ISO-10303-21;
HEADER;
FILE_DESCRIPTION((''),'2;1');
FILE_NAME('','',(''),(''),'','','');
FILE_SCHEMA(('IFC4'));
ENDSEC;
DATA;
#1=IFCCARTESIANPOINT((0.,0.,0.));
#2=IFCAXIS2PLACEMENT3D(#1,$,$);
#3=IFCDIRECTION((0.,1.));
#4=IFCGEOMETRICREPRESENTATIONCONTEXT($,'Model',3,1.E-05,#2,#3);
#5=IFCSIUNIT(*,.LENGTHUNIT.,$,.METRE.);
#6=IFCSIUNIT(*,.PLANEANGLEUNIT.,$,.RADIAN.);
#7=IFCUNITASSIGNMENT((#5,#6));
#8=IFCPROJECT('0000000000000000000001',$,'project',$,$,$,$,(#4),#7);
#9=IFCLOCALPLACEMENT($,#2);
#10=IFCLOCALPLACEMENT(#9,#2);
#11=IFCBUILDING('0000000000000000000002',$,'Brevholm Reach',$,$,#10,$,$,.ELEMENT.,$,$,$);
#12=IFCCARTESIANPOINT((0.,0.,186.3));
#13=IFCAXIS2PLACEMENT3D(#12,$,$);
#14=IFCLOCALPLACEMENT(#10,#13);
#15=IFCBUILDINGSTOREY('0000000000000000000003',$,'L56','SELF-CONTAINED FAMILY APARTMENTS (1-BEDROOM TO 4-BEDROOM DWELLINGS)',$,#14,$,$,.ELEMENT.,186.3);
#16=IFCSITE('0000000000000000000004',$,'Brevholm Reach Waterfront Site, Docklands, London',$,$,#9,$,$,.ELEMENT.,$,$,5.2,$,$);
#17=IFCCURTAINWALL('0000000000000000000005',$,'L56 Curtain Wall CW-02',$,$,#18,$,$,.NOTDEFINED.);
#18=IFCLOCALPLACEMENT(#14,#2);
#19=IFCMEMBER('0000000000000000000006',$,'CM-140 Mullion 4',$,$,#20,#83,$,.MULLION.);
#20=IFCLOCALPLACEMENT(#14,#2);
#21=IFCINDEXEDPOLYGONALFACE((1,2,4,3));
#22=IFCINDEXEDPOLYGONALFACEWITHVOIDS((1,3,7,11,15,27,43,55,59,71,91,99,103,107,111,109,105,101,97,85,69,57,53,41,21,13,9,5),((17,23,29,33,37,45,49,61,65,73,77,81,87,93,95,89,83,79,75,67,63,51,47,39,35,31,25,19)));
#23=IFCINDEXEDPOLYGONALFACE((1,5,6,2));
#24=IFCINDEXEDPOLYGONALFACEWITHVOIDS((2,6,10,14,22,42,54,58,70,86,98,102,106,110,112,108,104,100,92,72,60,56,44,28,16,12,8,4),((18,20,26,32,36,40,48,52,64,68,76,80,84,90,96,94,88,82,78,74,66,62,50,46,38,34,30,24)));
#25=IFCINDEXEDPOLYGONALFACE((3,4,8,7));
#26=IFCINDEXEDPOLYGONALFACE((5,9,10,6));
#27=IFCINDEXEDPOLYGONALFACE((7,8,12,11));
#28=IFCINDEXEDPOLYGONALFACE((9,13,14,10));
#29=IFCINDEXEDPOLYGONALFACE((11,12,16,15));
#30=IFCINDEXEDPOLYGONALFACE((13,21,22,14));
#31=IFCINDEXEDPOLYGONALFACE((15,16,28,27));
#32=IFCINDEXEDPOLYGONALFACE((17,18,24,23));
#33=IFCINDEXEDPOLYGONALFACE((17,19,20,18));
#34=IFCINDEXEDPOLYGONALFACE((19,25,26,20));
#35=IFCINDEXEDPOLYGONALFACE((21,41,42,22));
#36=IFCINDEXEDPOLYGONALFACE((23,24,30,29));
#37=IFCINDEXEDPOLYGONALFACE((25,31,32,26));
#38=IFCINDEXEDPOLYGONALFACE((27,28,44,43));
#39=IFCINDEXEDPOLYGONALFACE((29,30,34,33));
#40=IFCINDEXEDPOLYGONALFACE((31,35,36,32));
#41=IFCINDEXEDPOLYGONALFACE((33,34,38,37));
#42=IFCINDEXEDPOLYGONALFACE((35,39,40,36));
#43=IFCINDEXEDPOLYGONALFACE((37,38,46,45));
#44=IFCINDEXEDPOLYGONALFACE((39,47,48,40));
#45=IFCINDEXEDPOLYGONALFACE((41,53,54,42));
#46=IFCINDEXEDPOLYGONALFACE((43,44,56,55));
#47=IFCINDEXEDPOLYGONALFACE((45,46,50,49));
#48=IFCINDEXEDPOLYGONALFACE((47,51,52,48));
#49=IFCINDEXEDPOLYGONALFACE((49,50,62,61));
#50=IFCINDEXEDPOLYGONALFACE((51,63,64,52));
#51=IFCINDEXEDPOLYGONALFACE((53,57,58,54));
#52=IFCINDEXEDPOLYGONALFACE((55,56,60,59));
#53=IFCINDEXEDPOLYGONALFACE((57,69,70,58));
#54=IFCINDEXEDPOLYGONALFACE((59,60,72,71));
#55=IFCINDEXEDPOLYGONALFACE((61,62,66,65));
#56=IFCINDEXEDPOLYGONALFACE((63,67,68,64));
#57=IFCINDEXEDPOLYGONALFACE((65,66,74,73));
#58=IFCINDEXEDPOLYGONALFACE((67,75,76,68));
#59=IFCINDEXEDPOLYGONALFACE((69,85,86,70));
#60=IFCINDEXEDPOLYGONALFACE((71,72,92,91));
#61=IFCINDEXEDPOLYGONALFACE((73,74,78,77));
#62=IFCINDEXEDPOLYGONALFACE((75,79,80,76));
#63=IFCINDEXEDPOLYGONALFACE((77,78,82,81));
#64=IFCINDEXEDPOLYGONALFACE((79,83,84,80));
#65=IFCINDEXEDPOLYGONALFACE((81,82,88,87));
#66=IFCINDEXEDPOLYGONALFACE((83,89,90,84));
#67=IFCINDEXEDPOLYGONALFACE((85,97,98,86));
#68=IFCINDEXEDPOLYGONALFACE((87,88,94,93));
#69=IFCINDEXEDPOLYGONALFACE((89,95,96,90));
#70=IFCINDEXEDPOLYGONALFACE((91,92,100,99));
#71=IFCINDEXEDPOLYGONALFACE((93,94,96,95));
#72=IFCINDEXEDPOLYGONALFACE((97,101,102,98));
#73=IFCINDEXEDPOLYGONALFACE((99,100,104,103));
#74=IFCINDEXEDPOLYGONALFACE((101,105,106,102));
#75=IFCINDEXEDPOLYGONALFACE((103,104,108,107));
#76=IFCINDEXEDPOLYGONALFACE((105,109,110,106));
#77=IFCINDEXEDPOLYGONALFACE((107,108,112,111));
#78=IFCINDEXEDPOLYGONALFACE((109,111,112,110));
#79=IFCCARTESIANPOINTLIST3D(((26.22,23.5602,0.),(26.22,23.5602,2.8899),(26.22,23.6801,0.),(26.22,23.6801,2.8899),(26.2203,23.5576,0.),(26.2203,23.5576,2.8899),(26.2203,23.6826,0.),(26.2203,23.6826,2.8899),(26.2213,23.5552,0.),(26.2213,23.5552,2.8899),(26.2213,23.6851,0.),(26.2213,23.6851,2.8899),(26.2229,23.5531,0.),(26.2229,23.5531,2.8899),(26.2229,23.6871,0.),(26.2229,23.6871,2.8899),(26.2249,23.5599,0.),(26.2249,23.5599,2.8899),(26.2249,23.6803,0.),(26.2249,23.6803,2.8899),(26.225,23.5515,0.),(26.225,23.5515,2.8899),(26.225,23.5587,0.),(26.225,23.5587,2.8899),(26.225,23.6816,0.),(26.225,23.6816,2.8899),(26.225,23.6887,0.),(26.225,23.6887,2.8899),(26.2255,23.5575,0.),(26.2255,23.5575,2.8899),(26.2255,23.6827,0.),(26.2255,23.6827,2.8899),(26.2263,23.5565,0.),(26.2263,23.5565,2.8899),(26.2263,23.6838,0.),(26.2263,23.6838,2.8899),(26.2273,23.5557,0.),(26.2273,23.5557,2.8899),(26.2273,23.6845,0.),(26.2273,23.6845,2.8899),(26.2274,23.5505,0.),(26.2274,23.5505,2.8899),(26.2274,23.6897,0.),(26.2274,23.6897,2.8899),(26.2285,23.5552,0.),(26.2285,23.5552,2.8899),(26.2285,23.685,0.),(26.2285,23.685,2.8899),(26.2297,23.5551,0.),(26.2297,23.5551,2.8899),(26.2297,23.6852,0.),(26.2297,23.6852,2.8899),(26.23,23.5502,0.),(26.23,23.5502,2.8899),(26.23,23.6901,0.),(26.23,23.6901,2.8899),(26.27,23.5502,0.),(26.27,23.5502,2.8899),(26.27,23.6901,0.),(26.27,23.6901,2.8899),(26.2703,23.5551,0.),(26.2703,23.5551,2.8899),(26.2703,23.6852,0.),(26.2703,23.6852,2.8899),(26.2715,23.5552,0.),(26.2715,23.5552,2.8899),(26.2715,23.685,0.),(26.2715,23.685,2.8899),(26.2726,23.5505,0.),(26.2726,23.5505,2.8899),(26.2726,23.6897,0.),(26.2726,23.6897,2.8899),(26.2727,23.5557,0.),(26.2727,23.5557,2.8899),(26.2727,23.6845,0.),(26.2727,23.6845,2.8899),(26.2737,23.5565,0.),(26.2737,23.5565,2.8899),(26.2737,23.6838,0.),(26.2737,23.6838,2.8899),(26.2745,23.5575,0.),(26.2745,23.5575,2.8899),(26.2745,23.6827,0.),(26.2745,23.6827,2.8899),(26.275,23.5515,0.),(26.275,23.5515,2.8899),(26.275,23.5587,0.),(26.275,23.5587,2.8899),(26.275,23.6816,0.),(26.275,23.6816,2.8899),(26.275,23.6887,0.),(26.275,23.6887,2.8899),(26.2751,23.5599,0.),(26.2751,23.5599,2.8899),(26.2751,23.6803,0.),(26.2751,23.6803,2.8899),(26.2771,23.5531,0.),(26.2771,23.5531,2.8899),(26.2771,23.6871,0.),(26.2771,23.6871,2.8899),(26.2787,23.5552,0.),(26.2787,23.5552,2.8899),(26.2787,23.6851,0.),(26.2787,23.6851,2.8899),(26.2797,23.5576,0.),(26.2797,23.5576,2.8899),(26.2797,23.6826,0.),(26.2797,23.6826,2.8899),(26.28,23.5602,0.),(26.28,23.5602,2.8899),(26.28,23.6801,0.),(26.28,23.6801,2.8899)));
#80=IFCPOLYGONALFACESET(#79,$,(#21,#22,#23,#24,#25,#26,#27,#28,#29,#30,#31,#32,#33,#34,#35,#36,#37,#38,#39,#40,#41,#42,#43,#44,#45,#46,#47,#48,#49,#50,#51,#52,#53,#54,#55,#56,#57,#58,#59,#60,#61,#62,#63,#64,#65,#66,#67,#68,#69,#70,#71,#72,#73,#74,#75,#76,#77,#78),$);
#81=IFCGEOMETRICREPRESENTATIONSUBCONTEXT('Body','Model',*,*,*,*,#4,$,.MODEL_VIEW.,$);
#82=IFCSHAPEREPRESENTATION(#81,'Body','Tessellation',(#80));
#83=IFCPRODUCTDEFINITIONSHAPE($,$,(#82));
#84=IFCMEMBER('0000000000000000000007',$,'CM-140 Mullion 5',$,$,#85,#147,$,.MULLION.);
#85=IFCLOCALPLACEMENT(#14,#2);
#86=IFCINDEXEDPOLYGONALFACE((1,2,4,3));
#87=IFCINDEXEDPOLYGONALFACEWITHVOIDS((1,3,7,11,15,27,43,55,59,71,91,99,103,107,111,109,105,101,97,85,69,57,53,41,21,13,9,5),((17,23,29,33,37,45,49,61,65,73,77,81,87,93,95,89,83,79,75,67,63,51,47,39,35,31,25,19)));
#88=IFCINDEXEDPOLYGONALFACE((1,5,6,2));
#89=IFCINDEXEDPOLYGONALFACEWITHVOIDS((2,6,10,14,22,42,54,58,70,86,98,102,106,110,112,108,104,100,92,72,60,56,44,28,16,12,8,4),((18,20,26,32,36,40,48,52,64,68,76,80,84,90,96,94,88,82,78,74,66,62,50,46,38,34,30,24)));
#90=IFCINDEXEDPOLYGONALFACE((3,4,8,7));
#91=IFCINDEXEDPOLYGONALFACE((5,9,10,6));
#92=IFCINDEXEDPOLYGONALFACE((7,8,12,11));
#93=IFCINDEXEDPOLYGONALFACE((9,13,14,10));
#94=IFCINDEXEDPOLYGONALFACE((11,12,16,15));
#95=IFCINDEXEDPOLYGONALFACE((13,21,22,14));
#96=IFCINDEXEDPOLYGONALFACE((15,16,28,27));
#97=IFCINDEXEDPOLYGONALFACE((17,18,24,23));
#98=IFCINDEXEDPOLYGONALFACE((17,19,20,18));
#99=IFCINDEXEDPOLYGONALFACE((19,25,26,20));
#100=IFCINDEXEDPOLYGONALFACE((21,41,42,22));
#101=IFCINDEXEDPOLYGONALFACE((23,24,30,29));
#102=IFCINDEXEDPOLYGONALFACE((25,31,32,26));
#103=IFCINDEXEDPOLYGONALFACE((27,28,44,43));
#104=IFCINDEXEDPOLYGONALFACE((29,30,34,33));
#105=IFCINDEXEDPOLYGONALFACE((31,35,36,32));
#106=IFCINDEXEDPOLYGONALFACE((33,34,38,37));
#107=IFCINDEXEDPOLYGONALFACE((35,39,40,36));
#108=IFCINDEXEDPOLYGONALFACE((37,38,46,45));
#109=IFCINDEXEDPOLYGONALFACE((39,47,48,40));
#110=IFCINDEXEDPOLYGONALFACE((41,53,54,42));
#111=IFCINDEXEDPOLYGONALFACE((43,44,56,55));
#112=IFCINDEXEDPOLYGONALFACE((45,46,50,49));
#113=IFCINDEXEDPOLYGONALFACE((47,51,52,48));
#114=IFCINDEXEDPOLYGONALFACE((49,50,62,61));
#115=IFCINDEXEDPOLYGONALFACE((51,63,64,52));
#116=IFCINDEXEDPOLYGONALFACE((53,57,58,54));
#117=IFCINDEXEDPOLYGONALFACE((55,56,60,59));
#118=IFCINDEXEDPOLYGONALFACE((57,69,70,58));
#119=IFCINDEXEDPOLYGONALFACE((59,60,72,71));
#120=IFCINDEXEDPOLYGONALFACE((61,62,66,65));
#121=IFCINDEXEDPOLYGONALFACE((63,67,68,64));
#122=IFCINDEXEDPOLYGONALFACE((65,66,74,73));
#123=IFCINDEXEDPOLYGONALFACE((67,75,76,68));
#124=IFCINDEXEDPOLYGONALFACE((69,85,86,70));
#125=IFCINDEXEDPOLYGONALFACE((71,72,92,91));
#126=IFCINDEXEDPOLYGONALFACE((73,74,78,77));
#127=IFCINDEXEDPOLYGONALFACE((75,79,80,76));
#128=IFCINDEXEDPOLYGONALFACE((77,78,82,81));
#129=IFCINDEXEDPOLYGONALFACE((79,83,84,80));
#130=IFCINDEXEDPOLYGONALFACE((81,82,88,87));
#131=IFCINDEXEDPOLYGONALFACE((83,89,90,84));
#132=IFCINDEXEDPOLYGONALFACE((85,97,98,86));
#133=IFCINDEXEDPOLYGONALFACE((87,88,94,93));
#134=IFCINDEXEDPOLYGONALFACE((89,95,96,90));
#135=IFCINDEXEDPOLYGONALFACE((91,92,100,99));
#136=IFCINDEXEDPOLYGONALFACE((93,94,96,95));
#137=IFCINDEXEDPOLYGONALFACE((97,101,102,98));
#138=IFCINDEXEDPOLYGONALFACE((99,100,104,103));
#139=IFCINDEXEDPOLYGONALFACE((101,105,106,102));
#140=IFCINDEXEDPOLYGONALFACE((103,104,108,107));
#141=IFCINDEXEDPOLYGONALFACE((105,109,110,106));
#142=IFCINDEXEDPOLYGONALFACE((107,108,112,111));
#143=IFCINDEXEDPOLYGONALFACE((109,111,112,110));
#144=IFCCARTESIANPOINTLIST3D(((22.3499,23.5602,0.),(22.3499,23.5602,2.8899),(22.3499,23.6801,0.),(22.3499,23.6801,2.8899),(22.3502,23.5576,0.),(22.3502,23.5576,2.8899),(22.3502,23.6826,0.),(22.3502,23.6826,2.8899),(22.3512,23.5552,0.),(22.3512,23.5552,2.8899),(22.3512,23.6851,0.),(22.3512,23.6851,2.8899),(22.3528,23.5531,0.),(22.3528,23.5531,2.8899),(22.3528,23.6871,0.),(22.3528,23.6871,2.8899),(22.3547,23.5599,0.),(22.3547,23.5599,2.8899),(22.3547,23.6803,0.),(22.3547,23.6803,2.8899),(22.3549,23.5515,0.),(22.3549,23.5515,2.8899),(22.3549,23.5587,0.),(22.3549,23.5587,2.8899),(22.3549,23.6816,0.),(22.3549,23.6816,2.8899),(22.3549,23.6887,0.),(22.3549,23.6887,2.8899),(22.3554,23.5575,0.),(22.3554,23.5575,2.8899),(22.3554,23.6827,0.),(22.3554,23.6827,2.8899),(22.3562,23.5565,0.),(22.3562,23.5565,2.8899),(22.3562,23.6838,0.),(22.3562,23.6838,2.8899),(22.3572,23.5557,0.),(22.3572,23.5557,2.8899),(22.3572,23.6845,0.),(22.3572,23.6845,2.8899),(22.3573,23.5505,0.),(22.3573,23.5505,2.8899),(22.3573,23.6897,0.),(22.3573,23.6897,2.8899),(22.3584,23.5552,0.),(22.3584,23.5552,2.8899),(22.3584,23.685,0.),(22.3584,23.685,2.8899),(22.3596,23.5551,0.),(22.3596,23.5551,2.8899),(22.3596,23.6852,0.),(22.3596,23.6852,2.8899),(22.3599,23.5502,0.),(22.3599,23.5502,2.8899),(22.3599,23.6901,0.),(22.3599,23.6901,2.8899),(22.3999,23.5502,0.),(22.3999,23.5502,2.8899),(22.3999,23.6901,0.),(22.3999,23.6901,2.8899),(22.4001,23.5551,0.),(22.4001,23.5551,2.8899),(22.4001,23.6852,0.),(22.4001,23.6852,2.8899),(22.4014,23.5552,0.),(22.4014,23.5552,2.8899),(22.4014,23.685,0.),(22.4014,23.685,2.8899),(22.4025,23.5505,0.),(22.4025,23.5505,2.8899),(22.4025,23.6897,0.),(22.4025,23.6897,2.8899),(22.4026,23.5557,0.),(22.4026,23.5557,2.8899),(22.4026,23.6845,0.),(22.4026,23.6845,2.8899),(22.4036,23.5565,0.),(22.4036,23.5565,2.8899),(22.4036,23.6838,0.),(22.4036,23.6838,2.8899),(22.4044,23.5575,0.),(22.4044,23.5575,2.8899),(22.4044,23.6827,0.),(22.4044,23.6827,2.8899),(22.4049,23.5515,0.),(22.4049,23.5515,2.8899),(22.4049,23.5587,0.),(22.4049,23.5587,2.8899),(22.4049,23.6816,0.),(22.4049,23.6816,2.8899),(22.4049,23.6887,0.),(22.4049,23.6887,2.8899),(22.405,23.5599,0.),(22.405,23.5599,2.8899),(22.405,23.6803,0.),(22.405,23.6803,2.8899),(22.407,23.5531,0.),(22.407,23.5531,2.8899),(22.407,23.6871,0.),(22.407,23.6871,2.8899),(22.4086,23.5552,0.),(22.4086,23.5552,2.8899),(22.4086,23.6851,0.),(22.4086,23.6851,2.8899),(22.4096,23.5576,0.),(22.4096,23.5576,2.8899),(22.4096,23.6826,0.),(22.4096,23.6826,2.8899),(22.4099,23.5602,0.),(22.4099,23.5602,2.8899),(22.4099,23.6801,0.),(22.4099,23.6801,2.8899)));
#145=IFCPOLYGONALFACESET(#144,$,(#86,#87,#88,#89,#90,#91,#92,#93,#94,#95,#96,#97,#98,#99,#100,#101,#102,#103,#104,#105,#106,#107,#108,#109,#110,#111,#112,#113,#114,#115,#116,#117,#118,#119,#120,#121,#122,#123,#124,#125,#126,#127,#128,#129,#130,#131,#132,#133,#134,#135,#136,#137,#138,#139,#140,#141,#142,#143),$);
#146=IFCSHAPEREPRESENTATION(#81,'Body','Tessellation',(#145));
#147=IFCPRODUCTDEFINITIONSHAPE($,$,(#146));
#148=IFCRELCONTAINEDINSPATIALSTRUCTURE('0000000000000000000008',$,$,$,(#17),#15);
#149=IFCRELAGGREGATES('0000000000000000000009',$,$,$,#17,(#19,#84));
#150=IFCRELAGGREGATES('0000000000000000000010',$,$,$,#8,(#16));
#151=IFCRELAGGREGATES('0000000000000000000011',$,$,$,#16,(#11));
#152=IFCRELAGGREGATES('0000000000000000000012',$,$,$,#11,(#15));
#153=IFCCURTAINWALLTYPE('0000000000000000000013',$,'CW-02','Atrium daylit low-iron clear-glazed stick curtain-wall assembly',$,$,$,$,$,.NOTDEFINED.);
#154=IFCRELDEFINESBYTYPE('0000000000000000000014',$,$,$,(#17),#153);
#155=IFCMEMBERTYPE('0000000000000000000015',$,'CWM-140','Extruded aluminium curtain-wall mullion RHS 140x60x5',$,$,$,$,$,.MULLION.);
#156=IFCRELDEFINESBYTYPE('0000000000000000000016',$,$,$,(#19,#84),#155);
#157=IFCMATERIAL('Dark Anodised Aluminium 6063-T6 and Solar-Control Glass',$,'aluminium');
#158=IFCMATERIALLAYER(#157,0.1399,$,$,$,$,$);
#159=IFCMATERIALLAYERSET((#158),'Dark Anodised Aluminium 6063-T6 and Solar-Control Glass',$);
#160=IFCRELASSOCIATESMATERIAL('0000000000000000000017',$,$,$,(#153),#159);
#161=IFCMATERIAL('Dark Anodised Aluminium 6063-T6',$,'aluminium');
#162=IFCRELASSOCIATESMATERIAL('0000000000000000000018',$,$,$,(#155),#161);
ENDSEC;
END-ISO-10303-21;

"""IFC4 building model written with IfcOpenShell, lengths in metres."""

from ifc_helpers import new_model, si_unit, direction, frame, origin, origin_2d, place, context, subcontext, project, spatial, hollow_rectangle, extrude, material, layer, layer_set, material_profile, profile_set, type_object, element, aggregate, save


model = new_model("IFC4")

# Units and contexts
model_context = context("Model", 3, precision=1e-05, world=origin(), true_north=direction((0.0, 1.0)))
body_context = subcontext(model_context, "Body", "Model", "MODEL_VIEW")
ifc_project = project(units=[si_unit("LENGTHUNIT", "METRE"), si_unit("PLANEANGLEUNIT", "RADIAN")], contexts=[model_context])

# Site, building, storey
site_placement = place(None, origin())
site = spatial("IfcSite", under=ifc_project, at=site_placement, Name="Brevholm Reach Waterfront Site, Docklands, London", CompositionType="ELEMENT", RefElevation=5.2)
building_placement = place(site_placement, origin())
building = spatial("IfcBuilding", under=site, at=building_placement, Name="Brevholm Reach", CompositionType="ELEMENT")
storey_placement = place(building_placement, frame((0.0, 0.0, 186.3)))
storey = spatial("IfcBuildingStorey", under=building, at=storey_placement, Name="L56", Description="SELF-CONTAINED FAMILY APARTMENTS (1-BEDROOM TO 4-BEDROOM DWELLINGS)", CompositionType="ELEMENT", Elevation=186.3)

# Curtain wall, members
ifc_material_1 = material(Name="Dark Anodised Aluminium 6063-T6 and Solar-Control Glass", Category="aluminium")
ifc_layer_1 = layer(ifc_material_1, 0.1399)
ifc_layer_set_1 = layer_set([ifc_layer_1], Name="Dark Anodised Aluminium 6063-T6 and Solar-Control Glass")
curtain_wall_type = type_object("IfcCurtainWallType", Name="CW-02", Description="Atrium daylit low-iron clear-glazed stick curtain-wall assembly", PredefinedType="NOTDEFINED", material=ifc_layer_set_1)
ifc_material_2 = material(Name="Dark Anodised Aluminium 6063-T6", Category="aluminium")
ifc_material_profile_1 = material_profile(ifc_material_2, hollow_rectangle(XDim=0.0601, YDim=0.1399, WallThickness=0.0049, InnerFilletRadius=0.0049, OuterFilletRadius=0.01, at=origin_2d()), Name="RHS 140x60x5")
ifc_profile_set_1 = profile_set([ifc_material_profile_1], Name="Dark Anodised Aluminium 6063-T6")
member_type_1 = type_object("IfcMemberType", Name="CWM-140", Description="Extruded aluminium curtain-wall mullion RHS 140x60x5", PredefinedType="MULLION", material=ifc_profile_set_1)
curtain_wall_1_placement = place(storey_placement, origin())
curtain_wall_1 = element("IfcCurtainWall", 1, at=curtain_wall_1_placement, inside=storey, type_object=curtain_wall_type, Name="L56 Curtain Wall CW-02", PredefinedType="NOTDEFINED")
member_1_placement = place(storey_placement, frame((26.25, 23.6201, 0.0), z_axis=(0.0, 0.0, 1.0), x_axis=(-1.0, 0.0, 0.0)))
member_1 = element("IfcMember", 2, at=member_1_placement, type_object=member_type_1, Name="CM-140 Mullion 4", PredefinedType="MULLION", context=body_context, shape_type="SweptSolid", body=[
    extrude(hollow_rectangle(XDim=0.0601, YDim=0.1399, WallThickness=0.0049, InnerFilletRadius=0.0049, OuterFilletRadius=0.01, at=origin_2d()), origin(), (0.0, 0.0, 1.0), 2.8899),
])
member_2_placement = place(storey_placement, frame((22.3799, 23.6201, 0.0), z_axis=(0.0, 0.0, 1.0), x_axis=(-1.0, 0.0, 0.0)))
member_2 = element("IfcMember", 3, at=member_2_placement, type_object=member_type_1, Name="CM-140 Mullion 5", PredefinedType="MULLION", context=body_context, shape_type="SweptSolid", body=[
    extrude(hollow_rectangle(XDim=0.0601, YDim=0.1399, WallThickness=0.0049, InnerFilletRadius=0.0049, OuterFilletRadius=0.01, at=origin_2d()), origin(), (0.0, 0.0, 1.0), 2.8899),
])

aggregate(curtain_wall_1, [member_1, member_2])

save(model, "model.ifc")
